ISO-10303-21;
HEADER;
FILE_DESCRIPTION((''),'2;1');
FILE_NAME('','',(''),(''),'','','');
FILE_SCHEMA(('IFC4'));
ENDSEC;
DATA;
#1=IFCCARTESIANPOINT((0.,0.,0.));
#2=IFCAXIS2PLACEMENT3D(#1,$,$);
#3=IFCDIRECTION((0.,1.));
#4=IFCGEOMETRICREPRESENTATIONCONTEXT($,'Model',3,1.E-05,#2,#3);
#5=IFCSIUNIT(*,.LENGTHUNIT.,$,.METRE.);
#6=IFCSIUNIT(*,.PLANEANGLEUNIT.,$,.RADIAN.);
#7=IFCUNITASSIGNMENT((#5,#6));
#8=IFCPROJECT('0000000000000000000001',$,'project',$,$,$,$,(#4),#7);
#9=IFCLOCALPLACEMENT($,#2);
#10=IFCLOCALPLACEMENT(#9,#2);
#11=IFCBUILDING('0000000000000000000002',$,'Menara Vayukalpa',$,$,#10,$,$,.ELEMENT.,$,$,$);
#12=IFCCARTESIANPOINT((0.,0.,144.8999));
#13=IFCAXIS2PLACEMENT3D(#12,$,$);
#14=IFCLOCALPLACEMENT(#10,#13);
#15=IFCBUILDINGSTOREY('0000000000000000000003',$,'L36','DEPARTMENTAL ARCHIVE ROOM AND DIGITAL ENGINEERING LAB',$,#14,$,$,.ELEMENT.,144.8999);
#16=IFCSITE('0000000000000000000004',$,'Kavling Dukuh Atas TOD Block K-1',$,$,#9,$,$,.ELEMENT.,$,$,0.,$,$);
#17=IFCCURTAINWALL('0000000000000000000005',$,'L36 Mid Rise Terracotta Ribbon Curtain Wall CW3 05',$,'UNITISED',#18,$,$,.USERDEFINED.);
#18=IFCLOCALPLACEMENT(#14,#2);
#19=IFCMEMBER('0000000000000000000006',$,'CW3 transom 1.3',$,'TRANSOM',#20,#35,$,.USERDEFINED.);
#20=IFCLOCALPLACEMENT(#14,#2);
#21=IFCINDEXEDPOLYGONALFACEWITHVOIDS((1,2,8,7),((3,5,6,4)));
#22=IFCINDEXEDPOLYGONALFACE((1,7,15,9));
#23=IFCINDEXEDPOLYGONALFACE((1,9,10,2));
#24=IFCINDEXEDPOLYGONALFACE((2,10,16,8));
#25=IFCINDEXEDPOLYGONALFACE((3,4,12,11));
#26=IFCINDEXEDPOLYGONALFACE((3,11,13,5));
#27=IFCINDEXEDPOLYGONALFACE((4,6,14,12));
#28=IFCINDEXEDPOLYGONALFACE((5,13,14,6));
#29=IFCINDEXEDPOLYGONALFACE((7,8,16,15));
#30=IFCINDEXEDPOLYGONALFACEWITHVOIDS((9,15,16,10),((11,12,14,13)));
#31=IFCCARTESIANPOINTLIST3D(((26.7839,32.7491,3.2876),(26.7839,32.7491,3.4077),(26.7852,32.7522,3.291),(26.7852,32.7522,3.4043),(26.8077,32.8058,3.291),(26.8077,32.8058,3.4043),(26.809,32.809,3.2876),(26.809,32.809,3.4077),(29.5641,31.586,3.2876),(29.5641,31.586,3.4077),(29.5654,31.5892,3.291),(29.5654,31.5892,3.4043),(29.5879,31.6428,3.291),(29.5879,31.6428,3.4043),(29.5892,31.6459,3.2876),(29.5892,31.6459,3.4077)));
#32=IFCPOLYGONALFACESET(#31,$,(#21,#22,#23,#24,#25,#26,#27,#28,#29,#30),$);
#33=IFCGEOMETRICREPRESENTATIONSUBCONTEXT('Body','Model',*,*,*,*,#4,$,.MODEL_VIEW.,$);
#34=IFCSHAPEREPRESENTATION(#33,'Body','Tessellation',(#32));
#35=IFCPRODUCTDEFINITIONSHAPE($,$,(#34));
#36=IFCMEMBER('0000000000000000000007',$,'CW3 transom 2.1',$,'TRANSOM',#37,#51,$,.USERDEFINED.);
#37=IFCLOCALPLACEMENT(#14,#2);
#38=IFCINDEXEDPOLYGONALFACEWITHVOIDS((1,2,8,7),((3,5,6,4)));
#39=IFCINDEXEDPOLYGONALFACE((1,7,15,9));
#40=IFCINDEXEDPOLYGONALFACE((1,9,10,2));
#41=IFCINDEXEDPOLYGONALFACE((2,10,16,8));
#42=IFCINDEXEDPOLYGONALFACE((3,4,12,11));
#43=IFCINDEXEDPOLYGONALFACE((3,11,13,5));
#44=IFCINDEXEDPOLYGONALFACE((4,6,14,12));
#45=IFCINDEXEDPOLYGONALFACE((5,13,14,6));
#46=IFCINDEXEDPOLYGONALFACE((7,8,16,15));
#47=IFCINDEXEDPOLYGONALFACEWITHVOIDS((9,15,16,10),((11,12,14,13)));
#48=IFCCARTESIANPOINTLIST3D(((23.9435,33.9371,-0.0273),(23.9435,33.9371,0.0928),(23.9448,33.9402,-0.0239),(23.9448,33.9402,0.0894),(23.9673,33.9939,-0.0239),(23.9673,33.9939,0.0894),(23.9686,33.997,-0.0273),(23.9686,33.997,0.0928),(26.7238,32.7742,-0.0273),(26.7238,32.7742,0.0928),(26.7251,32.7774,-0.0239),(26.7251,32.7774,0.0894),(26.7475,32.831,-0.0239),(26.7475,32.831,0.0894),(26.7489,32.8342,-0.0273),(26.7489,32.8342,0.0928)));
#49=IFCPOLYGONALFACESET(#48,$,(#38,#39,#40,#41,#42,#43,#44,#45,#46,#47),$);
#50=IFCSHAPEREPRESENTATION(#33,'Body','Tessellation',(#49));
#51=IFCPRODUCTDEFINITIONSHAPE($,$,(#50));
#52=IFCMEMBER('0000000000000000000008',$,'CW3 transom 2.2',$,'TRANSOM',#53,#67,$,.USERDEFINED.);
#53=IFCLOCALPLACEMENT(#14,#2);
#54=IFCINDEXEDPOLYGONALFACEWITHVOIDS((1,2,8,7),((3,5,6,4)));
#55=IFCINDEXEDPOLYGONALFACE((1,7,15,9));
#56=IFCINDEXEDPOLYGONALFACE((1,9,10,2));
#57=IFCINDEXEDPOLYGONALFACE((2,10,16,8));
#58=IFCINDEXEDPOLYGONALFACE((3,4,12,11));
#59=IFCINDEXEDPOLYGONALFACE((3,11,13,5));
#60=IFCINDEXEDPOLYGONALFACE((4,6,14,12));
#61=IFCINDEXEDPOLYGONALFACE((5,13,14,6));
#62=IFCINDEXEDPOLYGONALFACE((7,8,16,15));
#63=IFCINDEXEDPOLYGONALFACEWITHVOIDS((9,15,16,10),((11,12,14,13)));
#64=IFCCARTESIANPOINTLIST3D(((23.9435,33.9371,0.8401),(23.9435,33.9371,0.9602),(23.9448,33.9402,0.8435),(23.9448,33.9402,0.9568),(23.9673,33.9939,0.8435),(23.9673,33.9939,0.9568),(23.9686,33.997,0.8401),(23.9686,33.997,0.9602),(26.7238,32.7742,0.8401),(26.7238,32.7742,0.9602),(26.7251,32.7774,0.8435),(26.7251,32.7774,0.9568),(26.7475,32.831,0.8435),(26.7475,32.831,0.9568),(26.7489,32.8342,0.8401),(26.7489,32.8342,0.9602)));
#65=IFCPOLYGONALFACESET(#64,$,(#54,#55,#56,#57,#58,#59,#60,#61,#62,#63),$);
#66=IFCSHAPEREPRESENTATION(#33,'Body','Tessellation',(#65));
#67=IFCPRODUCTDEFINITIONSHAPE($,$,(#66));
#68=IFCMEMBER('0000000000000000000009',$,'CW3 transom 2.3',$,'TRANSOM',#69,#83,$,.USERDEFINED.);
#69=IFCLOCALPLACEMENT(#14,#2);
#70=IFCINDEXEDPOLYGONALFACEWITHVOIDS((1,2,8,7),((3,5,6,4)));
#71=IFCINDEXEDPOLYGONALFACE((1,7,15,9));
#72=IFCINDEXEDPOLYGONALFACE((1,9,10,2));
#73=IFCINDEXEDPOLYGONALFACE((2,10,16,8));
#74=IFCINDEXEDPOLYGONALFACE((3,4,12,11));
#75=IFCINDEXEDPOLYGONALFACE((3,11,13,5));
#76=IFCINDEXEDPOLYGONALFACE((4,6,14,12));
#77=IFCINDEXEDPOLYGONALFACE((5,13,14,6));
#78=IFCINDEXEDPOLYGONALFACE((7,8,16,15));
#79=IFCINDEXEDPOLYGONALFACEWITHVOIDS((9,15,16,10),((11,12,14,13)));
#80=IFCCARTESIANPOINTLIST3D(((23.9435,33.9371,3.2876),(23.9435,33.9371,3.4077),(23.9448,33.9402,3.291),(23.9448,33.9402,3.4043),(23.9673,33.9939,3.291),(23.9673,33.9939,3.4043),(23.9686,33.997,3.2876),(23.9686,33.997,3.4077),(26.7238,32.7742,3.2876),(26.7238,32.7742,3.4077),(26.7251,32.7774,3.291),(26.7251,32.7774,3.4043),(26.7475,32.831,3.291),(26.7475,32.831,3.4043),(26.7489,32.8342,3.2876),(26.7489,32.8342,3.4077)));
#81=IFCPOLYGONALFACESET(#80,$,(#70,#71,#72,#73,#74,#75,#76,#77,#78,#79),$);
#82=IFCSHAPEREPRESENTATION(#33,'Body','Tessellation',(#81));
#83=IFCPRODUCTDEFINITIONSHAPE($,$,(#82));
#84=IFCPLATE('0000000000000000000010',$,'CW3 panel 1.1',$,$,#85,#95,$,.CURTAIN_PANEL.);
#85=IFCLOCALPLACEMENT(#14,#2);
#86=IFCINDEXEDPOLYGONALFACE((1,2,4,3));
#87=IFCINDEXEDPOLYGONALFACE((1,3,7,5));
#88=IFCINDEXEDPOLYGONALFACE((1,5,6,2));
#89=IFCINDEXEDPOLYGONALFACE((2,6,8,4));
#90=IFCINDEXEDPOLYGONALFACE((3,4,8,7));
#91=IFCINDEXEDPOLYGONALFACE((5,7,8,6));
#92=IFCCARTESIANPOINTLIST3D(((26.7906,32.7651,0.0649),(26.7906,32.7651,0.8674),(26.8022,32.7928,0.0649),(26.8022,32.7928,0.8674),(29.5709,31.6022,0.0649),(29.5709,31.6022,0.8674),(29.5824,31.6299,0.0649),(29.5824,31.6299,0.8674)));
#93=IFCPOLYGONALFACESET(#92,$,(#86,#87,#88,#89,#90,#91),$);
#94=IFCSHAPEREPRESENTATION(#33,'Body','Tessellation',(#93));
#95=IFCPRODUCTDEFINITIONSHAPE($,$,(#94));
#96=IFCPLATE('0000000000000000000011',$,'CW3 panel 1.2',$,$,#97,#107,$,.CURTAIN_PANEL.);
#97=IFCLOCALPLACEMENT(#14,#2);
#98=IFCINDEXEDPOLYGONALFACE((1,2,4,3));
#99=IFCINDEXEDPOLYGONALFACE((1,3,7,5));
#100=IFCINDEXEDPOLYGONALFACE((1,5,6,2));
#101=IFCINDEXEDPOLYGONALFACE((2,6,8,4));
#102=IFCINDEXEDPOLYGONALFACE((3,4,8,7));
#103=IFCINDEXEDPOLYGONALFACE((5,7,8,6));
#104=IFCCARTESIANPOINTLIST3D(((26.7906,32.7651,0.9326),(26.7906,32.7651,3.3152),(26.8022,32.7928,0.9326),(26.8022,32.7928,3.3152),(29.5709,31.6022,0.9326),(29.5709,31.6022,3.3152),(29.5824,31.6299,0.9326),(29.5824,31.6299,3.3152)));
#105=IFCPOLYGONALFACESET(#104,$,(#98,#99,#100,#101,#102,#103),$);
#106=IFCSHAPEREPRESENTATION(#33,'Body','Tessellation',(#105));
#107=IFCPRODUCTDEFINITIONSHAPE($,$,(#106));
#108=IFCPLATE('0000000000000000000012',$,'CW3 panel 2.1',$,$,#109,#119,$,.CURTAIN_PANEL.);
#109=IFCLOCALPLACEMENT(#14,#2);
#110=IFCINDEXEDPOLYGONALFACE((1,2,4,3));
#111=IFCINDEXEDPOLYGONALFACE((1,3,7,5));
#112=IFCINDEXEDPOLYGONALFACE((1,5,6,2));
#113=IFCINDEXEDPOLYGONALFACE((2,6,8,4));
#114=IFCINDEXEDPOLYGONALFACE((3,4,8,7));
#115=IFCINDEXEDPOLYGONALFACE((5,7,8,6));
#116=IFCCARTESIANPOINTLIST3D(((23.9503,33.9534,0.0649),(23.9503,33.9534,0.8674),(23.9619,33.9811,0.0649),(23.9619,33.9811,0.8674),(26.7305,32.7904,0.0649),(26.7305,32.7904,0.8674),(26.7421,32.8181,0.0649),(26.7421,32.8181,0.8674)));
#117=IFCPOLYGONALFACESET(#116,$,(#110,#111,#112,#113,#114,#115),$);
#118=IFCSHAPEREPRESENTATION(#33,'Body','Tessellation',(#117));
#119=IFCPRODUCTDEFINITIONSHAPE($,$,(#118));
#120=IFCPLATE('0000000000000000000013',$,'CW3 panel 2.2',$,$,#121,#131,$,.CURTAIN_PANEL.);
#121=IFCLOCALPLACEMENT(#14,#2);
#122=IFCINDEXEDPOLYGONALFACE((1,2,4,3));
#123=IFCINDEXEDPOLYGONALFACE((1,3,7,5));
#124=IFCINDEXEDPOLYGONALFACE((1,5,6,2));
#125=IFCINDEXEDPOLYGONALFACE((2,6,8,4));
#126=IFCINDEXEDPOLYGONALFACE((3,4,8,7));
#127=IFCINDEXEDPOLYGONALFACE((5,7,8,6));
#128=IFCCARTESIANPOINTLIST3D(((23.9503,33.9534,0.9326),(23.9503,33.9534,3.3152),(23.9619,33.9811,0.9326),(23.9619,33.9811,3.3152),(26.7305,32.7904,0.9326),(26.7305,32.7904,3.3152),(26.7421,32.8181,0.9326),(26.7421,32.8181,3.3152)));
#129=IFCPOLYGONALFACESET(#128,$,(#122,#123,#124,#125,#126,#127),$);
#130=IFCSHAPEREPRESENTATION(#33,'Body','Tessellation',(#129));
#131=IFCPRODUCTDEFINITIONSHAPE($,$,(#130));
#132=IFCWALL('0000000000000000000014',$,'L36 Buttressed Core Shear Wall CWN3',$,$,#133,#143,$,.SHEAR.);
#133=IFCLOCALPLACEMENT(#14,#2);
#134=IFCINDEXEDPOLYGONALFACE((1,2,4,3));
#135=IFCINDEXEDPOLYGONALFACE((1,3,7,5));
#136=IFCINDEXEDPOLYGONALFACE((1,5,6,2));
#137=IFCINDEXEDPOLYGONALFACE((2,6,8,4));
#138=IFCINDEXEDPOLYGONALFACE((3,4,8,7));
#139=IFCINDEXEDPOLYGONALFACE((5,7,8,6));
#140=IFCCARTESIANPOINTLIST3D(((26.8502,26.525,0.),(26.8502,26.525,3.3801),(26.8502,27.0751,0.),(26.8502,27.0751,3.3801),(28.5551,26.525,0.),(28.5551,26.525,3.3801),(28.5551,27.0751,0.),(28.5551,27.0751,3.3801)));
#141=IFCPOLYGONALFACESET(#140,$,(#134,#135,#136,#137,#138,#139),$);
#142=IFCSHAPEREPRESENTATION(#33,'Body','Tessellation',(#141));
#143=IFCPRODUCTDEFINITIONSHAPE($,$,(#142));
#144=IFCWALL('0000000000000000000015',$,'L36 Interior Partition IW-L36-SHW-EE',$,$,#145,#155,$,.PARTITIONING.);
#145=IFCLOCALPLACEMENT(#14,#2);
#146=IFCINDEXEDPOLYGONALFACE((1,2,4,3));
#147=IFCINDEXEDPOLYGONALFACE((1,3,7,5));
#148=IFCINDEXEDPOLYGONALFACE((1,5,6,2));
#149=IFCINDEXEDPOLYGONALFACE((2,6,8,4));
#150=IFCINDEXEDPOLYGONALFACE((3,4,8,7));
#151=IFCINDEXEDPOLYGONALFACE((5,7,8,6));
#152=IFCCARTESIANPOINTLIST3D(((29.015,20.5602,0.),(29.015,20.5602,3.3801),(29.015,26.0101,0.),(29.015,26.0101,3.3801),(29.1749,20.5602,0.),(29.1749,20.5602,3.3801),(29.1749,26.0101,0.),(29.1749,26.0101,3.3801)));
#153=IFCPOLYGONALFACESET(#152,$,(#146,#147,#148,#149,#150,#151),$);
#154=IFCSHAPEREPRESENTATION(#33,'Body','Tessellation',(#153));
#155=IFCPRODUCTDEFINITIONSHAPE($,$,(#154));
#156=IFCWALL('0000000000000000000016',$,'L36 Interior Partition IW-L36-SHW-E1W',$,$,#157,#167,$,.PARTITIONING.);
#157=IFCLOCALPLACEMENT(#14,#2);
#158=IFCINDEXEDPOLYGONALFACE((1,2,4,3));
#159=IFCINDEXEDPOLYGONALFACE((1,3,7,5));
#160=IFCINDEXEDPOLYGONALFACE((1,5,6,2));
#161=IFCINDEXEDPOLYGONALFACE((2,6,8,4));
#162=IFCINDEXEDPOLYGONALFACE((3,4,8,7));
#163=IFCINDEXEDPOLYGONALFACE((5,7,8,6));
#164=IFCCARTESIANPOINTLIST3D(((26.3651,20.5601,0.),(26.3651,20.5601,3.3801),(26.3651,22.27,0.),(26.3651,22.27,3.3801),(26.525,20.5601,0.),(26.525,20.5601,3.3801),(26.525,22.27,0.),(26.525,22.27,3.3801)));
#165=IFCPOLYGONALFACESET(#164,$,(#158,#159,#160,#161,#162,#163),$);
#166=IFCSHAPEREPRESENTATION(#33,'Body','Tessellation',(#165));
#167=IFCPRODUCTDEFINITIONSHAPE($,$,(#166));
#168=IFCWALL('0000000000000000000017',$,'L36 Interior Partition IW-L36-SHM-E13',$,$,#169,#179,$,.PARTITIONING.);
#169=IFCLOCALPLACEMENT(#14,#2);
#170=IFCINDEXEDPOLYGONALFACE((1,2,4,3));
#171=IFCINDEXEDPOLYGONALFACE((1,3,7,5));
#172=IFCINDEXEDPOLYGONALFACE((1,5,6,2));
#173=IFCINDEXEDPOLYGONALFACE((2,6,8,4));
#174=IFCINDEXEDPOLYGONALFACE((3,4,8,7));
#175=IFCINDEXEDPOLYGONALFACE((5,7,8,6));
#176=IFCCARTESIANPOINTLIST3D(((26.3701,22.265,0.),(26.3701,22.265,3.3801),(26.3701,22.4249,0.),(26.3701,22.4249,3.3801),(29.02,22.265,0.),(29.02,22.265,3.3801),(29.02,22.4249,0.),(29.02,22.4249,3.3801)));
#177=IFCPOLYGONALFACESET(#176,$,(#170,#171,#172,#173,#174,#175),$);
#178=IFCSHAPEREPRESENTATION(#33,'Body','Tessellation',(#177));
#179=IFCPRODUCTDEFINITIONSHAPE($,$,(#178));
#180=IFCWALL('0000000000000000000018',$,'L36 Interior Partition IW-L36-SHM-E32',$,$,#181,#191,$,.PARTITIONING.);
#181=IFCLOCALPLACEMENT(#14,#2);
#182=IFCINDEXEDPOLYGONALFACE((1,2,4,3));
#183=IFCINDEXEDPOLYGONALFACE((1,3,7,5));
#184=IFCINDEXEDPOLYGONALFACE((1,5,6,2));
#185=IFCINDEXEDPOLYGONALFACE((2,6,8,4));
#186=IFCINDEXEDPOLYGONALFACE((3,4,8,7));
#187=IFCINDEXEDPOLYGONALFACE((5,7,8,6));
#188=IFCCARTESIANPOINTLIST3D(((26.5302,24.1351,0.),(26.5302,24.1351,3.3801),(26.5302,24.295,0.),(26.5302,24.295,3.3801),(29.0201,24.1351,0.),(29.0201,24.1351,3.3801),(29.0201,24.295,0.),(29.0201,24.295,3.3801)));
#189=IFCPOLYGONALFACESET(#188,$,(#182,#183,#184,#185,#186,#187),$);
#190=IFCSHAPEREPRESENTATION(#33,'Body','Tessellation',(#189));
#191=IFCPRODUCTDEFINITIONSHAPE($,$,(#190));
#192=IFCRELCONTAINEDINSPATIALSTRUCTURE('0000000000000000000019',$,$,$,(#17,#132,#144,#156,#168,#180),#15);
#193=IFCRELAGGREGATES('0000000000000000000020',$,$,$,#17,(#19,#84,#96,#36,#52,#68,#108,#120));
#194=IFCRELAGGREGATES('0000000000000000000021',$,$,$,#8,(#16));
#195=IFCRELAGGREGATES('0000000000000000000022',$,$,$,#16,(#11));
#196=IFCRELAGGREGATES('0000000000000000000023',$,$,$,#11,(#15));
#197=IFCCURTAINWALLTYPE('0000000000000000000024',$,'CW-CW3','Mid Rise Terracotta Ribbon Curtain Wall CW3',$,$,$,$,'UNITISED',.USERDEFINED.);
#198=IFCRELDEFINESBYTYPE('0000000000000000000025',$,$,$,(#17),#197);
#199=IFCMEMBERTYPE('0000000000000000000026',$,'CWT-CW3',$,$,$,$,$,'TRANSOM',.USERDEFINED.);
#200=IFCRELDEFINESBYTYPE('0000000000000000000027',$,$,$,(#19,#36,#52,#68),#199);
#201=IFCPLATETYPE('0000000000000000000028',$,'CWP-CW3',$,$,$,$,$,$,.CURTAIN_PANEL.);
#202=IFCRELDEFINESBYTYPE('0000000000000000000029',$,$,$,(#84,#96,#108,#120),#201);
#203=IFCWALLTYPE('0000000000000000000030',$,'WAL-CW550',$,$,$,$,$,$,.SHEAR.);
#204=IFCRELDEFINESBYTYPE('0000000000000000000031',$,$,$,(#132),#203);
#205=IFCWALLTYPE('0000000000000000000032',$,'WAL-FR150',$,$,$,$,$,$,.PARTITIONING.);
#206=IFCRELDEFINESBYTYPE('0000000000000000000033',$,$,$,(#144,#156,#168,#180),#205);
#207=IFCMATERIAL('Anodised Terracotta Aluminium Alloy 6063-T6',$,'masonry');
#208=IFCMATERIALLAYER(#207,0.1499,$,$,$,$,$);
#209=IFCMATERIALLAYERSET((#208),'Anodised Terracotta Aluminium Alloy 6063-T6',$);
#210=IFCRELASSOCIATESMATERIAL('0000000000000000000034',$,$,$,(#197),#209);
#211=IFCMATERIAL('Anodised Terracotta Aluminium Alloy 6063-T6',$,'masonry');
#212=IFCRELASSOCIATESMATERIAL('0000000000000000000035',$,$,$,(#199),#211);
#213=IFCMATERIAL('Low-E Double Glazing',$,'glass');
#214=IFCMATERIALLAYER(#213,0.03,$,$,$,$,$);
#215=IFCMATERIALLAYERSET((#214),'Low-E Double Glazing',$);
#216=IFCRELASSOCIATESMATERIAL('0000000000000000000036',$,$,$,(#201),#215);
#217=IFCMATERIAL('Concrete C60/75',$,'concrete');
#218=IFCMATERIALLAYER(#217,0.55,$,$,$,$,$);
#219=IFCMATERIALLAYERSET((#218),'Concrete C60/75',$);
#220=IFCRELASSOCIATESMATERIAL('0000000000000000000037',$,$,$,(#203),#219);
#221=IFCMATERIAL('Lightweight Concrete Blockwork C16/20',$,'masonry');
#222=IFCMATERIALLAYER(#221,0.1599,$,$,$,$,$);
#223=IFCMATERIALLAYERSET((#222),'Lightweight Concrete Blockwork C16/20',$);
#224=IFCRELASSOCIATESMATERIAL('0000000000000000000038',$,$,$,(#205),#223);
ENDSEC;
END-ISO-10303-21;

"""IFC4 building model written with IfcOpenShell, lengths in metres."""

from ifc_helpers import new_model, si_unit, direction, frame, frame_2d, origin, origin_2d, place, context, subcontext, project, spatial, rectangle, hollow_rectangle, extrude, material, layer, layer_set, material_profile, profile_set, type_object, element, aggregate, save


model = new_model("IFC4")

# Units and contexts
model_context = context("Model", 3, precision=1e-05, world=origin(), true_north=direction((0.0, 1.0)))
body_context = subcontext(model_context, "Body", "Model", "MODEL_VIEW")
ifc_project = project(units=[si_unit("LENGTHUNIT", "METRE"), si_unit("PLANEANGLEUNIT", "RADIAN")], contexts=[model_context])

# Site, building, storey
site_placement = place(None, origin())
site = spatial("IfcSite", under=ifc_project, at=site_placement, Name="Kavling Dukuh Atas TOD Block K-1", CompositionType="ELEMENT", RefElevation=0.0)
building_placement = place(site_placement, origin())
building = spatial("IfcBuilding", under=site, at=building_placement, Name="Menara Vayukalpa", CompositionType="ELEMENT")
storey_placement = place(building_placement, frame((0.0, 0.0, 144.8999)))
storey = spatial("IfcBuildingStorey", under=building, at=storey_placement, Name="L36", Description="DEPARTMENTAL ARCHIVE ROOM AND DIGITAL ENGINEERING LAB", CompositionType="ELEMENT", Elevation=144.8999)

# Curtain wall, members, plates
ifc_material_1 = material(Name="Anodised Terracotta Aluminium Alloy 6063-T6", Category="masonry")
ifc_layer_1 = layer(ifc_material_1, 0.1499)
ifc_layer_set_1 = layer_set([ifc_layer_1], Name="Anodised Terracotta Aluminium Alloy 6063-T6")
curtain_wall_type = type_object("IfcCurtainWallType", Name="CW-CW3", Description="Mid Rise Terracotta Ribbon Curtain Wall CW3", ElementType="UNITISED", PredefinedType="USERDEFINED", material=ifc_layer_set_1)
curtain_wall_placement = place(storey_placement, origin())
curtain_wall = element("IfcCurtainWall", 1, at=curtain_wall_placement, inside=storey, type_object=curtain_wall_type, Name="L36 Mid Rise Terracotta Ribbon Curtain Wall CW3 05", ObjectType="UNITISED", PredefinedType="USERDEFINED")
ifc_material_2 = material(Name="Anodised Terracotta Aluminium Alloy 6063-T6", Category="masonry")
ifc_material_profile_1 = material_profile(ifc_material_2, hollow_rectangle(XDim=0.0649, YDim=0.1201, WallThickness=0.0034, at=origin_2d()), Name="ALU 65x120x3.5")
ifc_profile_set_1 = profile_set([ifc_material_profile_1], Name="Anodised Terracotta Aluminium Alloy 6063-T6")
member_type_1 = type_object("IfcMemberType", Name="CWT-CW3", ElementType="TRANSOM", PredefinedType="USERDEFINED", material=ifc_profile_set_1)
member_1_placement = place(storey_placement, frame((29.5767, 31.616, 3.3477), z_axis=(-0.92253, 0.385926, 0.0), x_axis=(-0.385926, -0.92253, 0.0)))
member_1 = element("IfcMember", 2, at=member_1_placement, type_object=member_type_1, Name="CW3 transom 1.3", ObjectType="TRANSOM", PredefinedType="USERDEFINED", context=body_context, shape_type="SweptSolid", body=[
    extrude(hollow_rectangle(XDim=0.0649, YDim=0.1201, WallThickness=0.0034, at=origin_2d()), origin(), (0.0, 0.0, 1.0), 3.0137),
])
member_2_placement = place(storey_placement, frame((26.7363, 32.8042, 0.0327), z_axis=(-0.922558, 0.385858, 0.0), x_axis=(-0.385858, -0.922558, 0.0)))
member_2 = element("IfcMember", 3, at=member_2_placement, type_object=member_type_1, Name="CW3 transom 2.1", ObjectType="TRANSOM", PredefinedType="USERDEFINED", context=body_context, shape_type="SweptSolid", body=[
    extrude(hollow_rectangle(XDim=0.0649, YDim=0.1201, WallThickness=0.0034, at=origin_2d()), origin(), (0.0, 0.0, 1.0), 3.0137),
])
member_3_placement = place(storey_placement, frame((26.7363, 32.8042, 0.9001), z_axis=(-0.922558, 0.385858, 0.0), x_axis=(-0.385858, -0.922558, 0.0)))
member_3 = element("IfcMember", 4, at=member_3_placement, type_object=member_type_1, Name="CW3 transom 2.2", ObjectType="TRANSOM", PredefinedType="USERDEFINED", context=body_context, shape_type="SweptSolid", body=[
    extrude(hollow_rectangle(XDim=0.0649, YDim=0.1201, WallThickness=0.0034, at=origin_2d()), origin(), (0.0, 0.0, 1.0), 3.0137),
])
member_4_placement = place(storey_placement, frame((26.7363, 32.8042, 3.3477), z_axis=(-0.922558, 0.385858, 0.0), x_axis=(-0.385858, -0.922558, 0.0)))
member_4 = element("IfcMember", 5, at=member_4_placement, type_object=member_type_1, Name="CW3 transom 2.3", ObjectType="TRANSOM", PredefinedType="USERDEFINED", context=body_context, shape_type="SweptSolid", body=[
    extrude(hollow_rectangle(XDim=0.0649, YDim=0.1201, WallThickness=0.0034, at=origin_2d()), origin(), (0.0, 0.0, 1.0), 3.0137),
])
ifc_material_3 = material(Name="Low-E Double Glazing", Category="glass")
ifc_layer_2 = layer(ifc_material_3, 0.03)
ifc_layer_set_2 = layer_set([ifc_layer_2], Name="Low-E Double Glazing")
plate_type = type_object("IfcPlateType", Name="CWP-CW3", PredefinedType="CURTAIN_PANEL", material=ifc_layer_set_2)
plate_1_placement = place(storey_placement, frame((28.1865, 32.1975, 0.0649), z_axis=(0.0, 0.0, 1.0), x_axis=(-0.922546, 0.385886, 0.0)))
plate_1 = element("IfcPlate", 6, at=plate_1_placement, type_object=plate_type, Name="CW3 panel 1.1", PredefinedType="CURTAIN_PANEL", context=body_context, shape_type="SweptSolid", body=[
    extrude(rectangle(XDim=3.0137, YDim=0.03, at=origin_2d()), origin(), (0.0, 0.0, 1.0), 0.8025),
])
plate_2_placement = place(storey_placement, frame((28.1865, 32.1975, 0.9326), z_axis=(0.0, 0.0, 1.0), x_axis=(-0.922546, 0.385886, 0.0)))
plate_2 = element("IfcPlate", 7, at=plate_2_placement, type_object=plate_type, Name="CW3 panel 1.2", PredefinedType="CURTAIN_PANEL", context=body_context, shape_type="SweptSolid", body=[
    extrude(rectangle(XDim=3.0137, YDim=0.03, at=origin_2d()), origin(), (0.0, 0.0, 1.0), 2.3826),
])
plate_3_placement = place(storey_placement, frame((25.3462, 33.3857, 0.0649), z_axis=(0.0, 0.0, 1.0), x_axis=(-0.922546, 0.385886, 0.0)))
plate_3 = element("IfcPlate", 8, at=plate_3_placement, type_object=plate_type, Name="CW3 panel 2.1", PredefinedType="CURTAIN_PANEL", context=body_context, shape_type="SweptSolid", body=[
    extrude(rectangle(XDim=3.0137, YDim=0.03, at=origin_2d()), origin(), (0.0, 0.0, 1.0), 0.8025),
])
plate_4_placement = place(storey_placement, frame((25.3462, 33.3857, 0.9326), z_axis=(0.0, 0.0, 1.0), x_axis=(-0.922546, 0.385886, 0.0)))
plate_4 = element("IfcPlate", 9, at=plate_4_placement, type_object=plate_type, Name="CW3 panel 2.2", PredefinedType="CURTAIN_PANEL", context=body_context, shape_type="SweptSolid", body=[
    extrude(rectangle(XDim=3.0137, YDim=0.03, at=origin_2d()), origin(), (0.0, 0.0, 1.0), 2.3826),
])
aggregate(curtain_wall, [member_1, plate_1, plate_2, member_2, member_3, member_4, plate_3, plate_4])

# Walls
ifc_material_4 = material(Name="Concrete C60/75", Category="concrete")
ifc_layer_3 = layer(ifc_material_4, 0.55)
ifc_layer_set_3 = layer_set([ifc_layer_3], Name="Concrete C60/75")
wall_type_1 = type_object("IfcWallType", Name="WAL-CW550", PredefinedType="SHEAR", material=ifc_layer_set_3)
wall_1_placement = place(storey_placement, frame((26.8501, 26.8, 0.0), z_axis=(0.0, 0.0, 1.0), x_axis=(1.0, 0.0, 0.0)))
element("IfcWall", 10, at=wall_1_placement, inside=storey, type_object=wall_type_1, Name="L36 Buttressed Core Shear Wall CWN3", PredefinedType="SHEAR", context=body_context, shape_type="SweptSolid", body=[
    extrude(rectangle(XDim=1.7048, YDim=0.55, at=frame_2d((0.8525, 0.0))), origin(), (0.0, 0.0, 1.0), 3.3801),
])
ifc_material_5 = material(Name="Lightweight Concrete Blockwork C16/20", Category="masonry")
ifc_layer_4 = layer(ifc_material_5, 0.1599)
ifc_layer_set_4 = layer_set([ifc_layer_4], Name="Lightweight Concrete Blockwork C16/20")
wall_type_2 = type_object("IfcWallType", Name="WAL-FR150", PredefinedType="PARTITIONING", material=ifc_layer_set_4)
wall_2_placement = place(storey_placement, frame((29.095, 20.5601, 0.0), z_axis=(0.0, 0.0, 1.0), x_axis=(0.0, 1.0, 0.0)))
element("IfcWall", 11, at=wall_2_placement, inside=storey, type_object=wall_type_2, Name="L36 Interior Partition IW-L36-SHW-EE", PredefinedType="PARTITIONING", context=body_context, shape_type="SweptSolid", body=[
    extrude(rectangle(XDim=5.45, YDim=0.1599, at=frame_2d((2.7251, 0.0))), origin(), (0.0, 0.0, 1.0), 3.3801),
])
wall_3_placement = place(storey_placement, frame((26.4451, 20.5601, 0.0), z_axis=(0.0, 0.0, 1.0), x_axis=(0.0, 1.0, 0.0)))
element("IfcWall", 12, at=wall_3_placement, inside=storey, type_object=wall_type_2, Name="L36 Interior Partition IW-L36-SHW-E1W", PredefinedType="PARTITIONING", context=body_context, shape_type="SweptSolid", body=[
    extrude(rectangle(XDim=1.71, YDim=0.1599, at=frame_2d((0.855, 0.0))), origin(), (0.0, 0.0, 1.0), 3.3801),
])
wall_4_placement = place(storey_placement, frame((26.3701, 22.345, 0.0), z_axis=(0.0, 0.0, 1.0), x_axis=(1.0, 0.0, 0.0)))
element("IfcWall", 13, at=wall_4_placement, inside=storey, type_object=wall_type_2, Name="L36 Interior Partition IW-L36-SHM-E13", PredefinedType="PARTITIONING", context=body_context, shape_type="SweptSolid", body=[
    extrude(rectangle(XDim=2.6499, YDim=0.1599, at=frame_2d((1.325, 0.0))), origin(), (0.0, 0.0, 1.0), 3.3801),
])
wall_5_placement = place(storey_placement, frame((26.53, 24.2151, 0.0), z_axis=(0.0, 0.0, 1.0), x_axis=(1.0, 0.0, 0.0)))
element("IfcWall", 14, at=wall_5_placement, inside=storey, type_object=wall_type_2, Name="L36 Interior Partition IW-L36-SHM-E32", PredefinedType="PARTITIONING", context=body_context, shape_type="SweptSolid", body=[
    extrude(rectangle(XDim=2.49, YDim=0.1599, at=frame_2d((1.2451, 0.0))), origin(), (0.0, 0.0, 1.0), 3.3801),
])

save(model, "model.ifc")
